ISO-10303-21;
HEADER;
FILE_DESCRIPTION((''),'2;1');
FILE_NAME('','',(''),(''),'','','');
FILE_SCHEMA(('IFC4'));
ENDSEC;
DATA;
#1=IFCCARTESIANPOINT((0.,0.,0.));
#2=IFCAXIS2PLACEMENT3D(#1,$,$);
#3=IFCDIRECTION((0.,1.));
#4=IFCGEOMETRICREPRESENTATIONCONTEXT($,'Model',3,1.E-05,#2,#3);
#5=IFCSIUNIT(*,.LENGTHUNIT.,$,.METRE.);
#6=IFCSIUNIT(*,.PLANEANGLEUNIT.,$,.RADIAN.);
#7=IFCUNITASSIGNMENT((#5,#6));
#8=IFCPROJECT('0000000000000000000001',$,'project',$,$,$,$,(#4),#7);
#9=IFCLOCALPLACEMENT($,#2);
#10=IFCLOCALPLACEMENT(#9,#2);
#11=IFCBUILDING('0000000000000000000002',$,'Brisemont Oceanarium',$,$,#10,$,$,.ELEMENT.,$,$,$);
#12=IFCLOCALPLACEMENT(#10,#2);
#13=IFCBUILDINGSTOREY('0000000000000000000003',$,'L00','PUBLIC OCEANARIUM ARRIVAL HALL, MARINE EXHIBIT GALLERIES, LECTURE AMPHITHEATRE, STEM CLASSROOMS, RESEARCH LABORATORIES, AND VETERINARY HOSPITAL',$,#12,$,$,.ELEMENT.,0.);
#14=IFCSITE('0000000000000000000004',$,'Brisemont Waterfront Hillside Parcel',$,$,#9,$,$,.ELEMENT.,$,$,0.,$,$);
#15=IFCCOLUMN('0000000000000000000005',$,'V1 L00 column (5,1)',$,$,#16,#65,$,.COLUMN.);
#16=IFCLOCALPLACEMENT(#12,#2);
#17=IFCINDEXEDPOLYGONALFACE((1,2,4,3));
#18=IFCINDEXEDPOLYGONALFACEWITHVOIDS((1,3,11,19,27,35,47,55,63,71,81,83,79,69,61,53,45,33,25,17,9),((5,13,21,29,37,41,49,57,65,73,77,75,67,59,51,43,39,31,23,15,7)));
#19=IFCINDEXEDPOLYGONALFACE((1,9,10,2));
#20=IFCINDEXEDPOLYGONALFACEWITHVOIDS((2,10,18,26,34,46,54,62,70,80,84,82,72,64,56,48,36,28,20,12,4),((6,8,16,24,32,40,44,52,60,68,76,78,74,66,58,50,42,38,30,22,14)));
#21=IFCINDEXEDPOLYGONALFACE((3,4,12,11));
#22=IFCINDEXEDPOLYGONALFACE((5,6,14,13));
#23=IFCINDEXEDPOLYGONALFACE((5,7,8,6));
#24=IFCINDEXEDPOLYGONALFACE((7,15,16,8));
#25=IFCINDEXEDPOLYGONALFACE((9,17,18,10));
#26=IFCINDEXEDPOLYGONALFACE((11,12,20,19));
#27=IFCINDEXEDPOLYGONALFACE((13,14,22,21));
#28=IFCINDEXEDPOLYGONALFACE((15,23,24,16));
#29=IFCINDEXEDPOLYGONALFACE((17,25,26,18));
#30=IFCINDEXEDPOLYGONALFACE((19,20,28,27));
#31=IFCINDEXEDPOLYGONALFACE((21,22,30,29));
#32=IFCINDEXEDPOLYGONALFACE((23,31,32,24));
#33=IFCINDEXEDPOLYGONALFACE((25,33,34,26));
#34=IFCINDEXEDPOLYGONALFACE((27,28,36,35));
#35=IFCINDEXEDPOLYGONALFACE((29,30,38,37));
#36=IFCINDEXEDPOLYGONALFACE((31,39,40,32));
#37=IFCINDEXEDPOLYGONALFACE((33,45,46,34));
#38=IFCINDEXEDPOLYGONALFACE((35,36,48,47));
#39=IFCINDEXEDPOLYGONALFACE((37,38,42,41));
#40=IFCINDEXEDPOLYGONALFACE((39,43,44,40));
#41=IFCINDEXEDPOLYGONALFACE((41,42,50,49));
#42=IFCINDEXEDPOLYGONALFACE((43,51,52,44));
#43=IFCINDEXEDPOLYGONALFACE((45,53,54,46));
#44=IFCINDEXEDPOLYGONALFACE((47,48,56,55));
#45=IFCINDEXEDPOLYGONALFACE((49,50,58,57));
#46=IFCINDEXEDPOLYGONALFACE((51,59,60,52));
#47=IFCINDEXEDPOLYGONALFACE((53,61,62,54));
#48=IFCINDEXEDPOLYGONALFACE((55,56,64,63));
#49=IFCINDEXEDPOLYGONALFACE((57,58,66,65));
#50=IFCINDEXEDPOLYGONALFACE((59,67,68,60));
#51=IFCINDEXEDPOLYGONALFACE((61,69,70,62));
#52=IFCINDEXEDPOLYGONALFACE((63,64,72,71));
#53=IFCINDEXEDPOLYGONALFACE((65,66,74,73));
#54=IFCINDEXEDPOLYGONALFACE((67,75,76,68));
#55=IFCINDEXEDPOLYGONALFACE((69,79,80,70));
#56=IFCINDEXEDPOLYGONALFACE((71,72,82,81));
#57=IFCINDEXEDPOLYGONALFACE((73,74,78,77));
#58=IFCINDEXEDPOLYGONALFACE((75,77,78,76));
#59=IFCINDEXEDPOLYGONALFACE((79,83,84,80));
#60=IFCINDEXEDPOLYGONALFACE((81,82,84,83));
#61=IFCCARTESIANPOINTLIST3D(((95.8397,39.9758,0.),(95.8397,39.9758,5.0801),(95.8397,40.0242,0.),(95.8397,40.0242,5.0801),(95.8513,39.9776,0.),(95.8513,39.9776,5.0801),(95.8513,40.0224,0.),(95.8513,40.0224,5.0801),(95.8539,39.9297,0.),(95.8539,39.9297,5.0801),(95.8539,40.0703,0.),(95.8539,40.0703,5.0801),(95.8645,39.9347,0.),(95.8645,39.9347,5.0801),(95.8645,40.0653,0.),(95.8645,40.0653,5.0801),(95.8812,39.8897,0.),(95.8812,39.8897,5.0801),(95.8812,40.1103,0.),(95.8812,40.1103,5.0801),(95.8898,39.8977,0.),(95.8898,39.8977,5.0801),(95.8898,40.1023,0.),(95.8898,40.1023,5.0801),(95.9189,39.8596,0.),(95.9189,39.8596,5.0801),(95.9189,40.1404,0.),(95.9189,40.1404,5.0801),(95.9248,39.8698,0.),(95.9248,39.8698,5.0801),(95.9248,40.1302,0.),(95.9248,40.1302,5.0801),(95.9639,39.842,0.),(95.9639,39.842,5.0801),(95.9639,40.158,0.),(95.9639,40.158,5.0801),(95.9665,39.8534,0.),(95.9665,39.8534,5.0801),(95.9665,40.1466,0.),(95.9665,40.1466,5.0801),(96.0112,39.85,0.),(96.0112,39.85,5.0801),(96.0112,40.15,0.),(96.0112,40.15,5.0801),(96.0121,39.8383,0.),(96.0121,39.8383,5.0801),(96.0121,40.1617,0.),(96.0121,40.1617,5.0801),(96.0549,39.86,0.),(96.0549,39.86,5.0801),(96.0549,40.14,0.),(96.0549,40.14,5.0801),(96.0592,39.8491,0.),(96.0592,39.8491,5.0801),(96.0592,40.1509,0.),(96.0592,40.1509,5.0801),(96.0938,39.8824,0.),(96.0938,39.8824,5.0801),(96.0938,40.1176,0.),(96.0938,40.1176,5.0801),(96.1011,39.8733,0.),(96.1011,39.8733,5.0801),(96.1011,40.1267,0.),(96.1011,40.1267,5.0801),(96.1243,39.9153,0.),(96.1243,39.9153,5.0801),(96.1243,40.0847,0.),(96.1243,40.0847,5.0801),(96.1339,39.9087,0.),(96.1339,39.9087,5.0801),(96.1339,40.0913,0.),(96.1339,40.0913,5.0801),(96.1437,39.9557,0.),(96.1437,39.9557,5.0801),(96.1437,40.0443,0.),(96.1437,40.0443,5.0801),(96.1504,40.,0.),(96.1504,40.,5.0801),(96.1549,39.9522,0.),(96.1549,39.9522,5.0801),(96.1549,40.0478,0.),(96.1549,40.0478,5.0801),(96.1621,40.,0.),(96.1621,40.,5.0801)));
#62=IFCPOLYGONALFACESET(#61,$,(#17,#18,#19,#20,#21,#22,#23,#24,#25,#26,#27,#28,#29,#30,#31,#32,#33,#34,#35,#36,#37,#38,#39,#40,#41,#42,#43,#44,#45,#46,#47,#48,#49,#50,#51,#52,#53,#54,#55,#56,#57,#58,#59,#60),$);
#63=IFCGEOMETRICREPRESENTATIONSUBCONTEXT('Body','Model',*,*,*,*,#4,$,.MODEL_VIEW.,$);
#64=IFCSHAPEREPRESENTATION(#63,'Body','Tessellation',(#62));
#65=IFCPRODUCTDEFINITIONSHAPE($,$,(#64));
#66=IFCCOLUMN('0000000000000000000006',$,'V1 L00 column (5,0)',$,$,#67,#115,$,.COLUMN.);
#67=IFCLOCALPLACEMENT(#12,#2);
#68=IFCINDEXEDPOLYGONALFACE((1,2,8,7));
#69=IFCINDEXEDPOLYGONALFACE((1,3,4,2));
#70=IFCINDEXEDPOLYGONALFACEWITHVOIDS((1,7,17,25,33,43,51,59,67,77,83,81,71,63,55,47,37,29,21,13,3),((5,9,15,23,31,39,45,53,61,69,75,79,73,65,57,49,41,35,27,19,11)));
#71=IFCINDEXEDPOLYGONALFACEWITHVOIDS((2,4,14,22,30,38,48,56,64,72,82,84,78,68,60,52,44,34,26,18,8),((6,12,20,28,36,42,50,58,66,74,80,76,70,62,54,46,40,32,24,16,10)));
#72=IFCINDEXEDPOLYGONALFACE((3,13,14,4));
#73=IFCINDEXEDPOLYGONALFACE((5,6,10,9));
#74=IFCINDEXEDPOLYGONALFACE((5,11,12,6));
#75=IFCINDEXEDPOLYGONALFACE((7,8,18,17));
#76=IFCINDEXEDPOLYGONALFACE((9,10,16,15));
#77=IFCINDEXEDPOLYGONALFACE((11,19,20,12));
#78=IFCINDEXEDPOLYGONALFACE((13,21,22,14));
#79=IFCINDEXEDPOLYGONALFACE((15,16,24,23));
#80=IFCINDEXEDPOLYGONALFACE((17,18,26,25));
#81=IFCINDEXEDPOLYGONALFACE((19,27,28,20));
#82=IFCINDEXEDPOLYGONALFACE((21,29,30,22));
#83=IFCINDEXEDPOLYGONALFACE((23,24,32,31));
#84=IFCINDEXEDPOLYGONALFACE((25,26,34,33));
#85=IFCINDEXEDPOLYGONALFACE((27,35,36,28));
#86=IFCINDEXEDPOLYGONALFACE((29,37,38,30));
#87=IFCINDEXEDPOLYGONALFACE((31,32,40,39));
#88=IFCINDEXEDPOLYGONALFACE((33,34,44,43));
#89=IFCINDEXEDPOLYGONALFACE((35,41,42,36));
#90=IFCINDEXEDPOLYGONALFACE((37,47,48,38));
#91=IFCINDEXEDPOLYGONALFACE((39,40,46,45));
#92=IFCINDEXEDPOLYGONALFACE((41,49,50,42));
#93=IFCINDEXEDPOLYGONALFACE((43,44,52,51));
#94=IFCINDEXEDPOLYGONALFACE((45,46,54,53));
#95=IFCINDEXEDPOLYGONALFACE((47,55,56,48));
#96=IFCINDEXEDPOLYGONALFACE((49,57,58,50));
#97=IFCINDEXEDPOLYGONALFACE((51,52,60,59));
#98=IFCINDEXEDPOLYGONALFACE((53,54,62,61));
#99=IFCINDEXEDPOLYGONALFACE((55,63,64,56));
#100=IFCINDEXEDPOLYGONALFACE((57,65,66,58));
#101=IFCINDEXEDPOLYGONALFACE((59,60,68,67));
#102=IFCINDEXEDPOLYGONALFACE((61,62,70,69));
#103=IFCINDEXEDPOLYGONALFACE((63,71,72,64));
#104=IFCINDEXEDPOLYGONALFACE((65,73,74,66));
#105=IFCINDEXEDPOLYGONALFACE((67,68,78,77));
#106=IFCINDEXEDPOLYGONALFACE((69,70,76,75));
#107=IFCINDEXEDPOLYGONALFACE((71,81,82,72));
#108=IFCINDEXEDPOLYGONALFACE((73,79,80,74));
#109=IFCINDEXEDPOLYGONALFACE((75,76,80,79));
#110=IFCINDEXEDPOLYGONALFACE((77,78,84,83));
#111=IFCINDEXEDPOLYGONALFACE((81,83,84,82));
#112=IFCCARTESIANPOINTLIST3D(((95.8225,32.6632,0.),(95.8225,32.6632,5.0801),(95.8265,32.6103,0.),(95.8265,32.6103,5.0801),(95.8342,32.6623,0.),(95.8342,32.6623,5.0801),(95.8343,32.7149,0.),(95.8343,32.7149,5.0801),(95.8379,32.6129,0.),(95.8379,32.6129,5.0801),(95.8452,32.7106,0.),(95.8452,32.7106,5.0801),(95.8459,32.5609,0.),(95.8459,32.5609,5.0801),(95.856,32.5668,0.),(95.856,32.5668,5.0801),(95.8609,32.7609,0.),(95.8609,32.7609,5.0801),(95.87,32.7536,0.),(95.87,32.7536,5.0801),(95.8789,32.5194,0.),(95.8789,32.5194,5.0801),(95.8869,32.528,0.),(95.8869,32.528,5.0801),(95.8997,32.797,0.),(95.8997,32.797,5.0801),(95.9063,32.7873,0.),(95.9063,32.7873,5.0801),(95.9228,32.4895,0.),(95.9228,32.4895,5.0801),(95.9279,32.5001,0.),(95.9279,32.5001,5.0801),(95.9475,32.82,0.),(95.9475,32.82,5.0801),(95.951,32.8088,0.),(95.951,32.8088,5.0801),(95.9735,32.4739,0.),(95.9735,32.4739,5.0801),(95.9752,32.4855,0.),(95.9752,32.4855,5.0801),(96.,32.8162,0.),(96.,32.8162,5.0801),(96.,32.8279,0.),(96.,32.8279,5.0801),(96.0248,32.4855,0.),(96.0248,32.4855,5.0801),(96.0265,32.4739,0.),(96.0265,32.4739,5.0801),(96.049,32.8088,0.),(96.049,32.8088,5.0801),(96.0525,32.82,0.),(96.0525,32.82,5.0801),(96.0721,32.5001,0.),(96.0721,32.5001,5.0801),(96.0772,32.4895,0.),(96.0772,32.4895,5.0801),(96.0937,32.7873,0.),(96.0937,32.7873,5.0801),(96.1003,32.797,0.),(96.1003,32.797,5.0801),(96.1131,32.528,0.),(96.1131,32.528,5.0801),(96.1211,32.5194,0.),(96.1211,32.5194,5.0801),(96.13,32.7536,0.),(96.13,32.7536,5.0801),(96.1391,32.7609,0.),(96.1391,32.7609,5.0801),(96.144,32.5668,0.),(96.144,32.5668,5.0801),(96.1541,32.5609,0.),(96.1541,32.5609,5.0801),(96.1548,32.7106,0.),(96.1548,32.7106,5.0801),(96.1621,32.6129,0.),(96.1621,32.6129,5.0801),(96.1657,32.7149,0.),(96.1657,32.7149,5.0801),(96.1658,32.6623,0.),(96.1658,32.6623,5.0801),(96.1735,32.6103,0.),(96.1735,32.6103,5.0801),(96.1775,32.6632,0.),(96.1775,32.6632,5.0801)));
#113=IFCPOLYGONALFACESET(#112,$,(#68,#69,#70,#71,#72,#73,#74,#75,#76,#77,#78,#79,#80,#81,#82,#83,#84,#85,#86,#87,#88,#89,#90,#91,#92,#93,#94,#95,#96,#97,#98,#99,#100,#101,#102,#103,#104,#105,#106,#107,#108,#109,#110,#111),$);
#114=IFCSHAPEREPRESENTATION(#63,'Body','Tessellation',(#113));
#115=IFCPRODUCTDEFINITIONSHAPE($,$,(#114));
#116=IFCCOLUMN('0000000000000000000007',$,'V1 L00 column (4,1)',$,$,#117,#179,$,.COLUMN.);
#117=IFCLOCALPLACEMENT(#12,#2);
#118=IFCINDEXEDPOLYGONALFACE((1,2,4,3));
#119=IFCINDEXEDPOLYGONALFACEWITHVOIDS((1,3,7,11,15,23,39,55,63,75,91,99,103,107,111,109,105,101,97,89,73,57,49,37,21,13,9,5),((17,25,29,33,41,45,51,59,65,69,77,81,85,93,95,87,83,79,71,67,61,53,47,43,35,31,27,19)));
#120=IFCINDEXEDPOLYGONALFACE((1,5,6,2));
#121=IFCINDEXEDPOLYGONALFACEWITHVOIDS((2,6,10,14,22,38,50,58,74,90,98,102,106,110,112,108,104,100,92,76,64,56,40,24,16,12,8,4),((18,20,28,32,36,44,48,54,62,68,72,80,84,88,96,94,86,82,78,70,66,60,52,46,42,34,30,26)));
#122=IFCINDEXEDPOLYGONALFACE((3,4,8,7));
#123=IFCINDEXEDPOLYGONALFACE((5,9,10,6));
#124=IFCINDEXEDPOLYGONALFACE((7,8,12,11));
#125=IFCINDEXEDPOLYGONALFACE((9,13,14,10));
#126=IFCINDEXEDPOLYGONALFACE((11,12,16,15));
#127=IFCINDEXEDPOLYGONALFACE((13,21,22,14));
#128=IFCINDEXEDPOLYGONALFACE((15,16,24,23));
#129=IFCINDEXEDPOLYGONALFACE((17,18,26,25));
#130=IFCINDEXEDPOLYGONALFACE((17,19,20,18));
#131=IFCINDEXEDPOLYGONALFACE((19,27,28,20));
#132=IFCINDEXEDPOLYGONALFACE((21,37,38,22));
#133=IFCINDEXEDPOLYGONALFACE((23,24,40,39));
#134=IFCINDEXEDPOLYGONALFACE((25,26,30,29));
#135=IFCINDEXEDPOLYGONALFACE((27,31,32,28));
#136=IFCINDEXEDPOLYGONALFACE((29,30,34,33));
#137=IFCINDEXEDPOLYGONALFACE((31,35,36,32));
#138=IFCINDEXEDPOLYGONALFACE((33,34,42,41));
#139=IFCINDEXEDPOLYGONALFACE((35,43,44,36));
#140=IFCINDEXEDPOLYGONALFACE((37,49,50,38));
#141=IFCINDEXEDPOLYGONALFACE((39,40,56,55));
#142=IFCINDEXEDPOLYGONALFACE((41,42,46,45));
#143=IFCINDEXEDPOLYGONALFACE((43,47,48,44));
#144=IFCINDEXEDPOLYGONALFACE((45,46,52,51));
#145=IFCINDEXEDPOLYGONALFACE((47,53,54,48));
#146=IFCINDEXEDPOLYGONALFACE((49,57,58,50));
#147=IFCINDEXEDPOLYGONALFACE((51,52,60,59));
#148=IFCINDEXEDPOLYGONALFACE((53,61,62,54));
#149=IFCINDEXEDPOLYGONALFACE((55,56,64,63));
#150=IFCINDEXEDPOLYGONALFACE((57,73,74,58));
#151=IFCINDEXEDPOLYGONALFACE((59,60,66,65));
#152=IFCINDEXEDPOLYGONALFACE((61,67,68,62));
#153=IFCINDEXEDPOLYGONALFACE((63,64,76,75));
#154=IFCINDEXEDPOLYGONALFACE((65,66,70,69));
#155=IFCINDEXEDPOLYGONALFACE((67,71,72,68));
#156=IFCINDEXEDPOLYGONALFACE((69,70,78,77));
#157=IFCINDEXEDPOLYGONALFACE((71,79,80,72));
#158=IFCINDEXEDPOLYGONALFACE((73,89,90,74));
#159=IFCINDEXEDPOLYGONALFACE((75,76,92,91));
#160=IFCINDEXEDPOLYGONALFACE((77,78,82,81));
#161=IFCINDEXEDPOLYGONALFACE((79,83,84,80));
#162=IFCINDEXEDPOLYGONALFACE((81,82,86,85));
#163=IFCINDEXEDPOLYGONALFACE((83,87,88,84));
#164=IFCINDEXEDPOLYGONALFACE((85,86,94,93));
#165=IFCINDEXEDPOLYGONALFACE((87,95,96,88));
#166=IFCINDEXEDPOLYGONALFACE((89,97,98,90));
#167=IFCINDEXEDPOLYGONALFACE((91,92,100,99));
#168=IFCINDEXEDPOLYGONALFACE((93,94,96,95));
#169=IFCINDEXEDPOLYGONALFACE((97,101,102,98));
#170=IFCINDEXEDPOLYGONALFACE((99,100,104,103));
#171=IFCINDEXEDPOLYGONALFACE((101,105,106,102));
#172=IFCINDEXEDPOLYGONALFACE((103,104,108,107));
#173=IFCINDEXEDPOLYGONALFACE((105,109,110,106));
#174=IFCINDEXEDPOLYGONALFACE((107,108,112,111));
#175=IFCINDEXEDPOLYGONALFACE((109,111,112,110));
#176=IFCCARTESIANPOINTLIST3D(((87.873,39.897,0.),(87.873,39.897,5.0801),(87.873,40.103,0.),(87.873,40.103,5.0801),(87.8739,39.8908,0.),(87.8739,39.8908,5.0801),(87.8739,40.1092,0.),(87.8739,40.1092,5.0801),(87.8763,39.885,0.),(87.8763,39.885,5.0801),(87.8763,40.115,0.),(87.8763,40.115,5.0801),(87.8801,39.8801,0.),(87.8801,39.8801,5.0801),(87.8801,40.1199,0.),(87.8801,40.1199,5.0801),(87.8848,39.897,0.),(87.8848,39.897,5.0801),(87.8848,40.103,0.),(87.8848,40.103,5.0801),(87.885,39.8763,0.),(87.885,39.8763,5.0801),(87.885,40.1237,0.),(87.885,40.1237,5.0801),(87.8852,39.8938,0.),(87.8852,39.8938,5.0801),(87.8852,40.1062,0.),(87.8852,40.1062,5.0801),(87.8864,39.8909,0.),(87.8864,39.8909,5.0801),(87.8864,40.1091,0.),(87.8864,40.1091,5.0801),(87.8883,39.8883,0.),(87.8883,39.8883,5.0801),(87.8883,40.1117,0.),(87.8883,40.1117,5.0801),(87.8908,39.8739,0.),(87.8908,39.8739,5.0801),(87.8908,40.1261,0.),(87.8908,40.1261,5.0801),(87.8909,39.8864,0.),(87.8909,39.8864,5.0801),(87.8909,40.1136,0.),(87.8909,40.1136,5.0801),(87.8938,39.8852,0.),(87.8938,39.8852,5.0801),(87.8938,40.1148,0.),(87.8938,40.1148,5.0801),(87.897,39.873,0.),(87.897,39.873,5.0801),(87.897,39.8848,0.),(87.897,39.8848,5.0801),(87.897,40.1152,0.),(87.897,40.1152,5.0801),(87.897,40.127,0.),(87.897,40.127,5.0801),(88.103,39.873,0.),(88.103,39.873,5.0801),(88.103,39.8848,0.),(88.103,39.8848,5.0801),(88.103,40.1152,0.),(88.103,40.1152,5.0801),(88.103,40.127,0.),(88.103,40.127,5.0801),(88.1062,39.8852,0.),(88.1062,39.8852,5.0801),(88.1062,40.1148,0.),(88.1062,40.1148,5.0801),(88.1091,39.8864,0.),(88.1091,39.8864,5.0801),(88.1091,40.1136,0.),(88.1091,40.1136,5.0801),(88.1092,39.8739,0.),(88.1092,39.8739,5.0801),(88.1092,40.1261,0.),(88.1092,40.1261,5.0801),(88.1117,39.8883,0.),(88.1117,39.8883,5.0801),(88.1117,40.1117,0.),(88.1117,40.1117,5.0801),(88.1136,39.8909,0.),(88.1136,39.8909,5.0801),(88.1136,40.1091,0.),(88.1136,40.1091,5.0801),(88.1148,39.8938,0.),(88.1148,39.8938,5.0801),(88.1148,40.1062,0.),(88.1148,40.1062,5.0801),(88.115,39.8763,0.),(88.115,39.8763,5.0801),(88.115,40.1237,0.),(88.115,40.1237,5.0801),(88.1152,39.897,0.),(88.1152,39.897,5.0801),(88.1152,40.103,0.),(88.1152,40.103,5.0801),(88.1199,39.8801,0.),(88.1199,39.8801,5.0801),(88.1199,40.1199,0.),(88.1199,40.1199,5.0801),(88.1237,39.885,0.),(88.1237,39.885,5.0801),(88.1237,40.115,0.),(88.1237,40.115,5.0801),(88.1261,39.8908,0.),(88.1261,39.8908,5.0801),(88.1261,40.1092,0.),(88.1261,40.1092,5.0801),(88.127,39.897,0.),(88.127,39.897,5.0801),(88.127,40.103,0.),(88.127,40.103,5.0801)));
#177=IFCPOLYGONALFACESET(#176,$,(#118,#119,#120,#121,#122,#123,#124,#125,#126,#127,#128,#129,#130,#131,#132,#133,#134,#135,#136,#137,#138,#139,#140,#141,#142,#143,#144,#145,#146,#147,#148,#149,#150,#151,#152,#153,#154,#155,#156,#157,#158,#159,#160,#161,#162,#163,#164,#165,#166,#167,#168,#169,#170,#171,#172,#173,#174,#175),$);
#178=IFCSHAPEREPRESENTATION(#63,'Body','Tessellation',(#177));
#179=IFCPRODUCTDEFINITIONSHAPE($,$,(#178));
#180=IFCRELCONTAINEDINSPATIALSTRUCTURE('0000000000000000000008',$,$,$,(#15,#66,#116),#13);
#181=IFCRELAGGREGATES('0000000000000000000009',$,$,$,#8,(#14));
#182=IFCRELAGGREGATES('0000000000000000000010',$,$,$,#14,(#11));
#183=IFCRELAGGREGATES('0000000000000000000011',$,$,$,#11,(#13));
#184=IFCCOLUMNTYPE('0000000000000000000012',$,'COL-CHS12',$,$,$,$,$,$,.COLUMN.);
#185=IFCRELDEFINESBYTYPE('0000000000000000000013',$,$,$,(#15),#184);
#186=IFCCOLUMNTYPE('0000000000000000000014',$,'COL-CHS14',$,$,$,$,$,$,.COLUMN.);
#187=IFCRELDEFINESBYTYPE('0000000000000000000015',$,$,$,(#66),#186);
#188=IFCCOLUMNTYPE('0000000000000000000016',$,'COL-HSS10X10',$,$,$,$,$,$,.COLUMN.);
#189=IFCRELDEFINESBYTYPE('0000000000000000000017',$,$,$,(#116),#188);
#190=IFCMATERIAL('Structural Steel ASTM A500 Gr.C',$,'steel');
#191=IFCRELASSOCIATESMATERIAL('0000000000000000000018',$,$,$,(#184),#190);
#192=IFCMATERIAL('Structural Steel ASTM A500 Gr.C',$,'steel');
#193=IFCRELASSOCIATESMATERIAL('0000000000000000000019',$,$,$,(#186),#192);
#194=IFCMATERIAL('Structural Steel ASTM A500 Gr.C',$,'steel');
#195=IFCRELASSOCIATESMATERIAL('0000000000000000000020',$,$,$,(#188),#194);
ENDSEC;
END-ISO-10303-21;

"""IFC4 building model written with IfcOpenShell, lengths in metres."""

from ifc_helpers import new_model, si_unit, direction, frame, origin, origin_2d, place, context, subcontext, project, spatial, hollow_rectangle, hollow_circle, extrude, material, material_profile, profile_set, type_object, element, save


model = new_model("IFC4")

# Units and contexts
model_context = context("Model", 3, precision=1e-05, world=origin(), true_north=direction((0.0, 1.0)))
body_context = subcontext(model_context, "Body", "Model", "MODEL_VIEW")
ifc_project = project(units=[si_unit("LENGTHUNIT", "METRE"), si_unit("PLANEANGLEUNIT", "RADIAN")], contexts=[model_context])

# Site, building, storey
site_placement = place(None, origin())
site = spatial("IfcSite", under=ifc_project, at=site_placement, Name="Brisemont Waterfront Hillside Parcel", CompositionType="ELEMENT", RefElevation=0.0)
building_placement = place(site_placement, origin())
building = spatial("IfcBuilding", under=site, at=building_placement, Name="Brisemont Oceanarium", CompositionType="ELEMENT")
storey_placement = place(building_placement, origin())
storey = spatial("IfcBuildingStorey", under=building, at=storey_placement, Name="L00", Description="PUBLIC OCEANARIUM ARRIVAL HALL, MARINE EXHIBIT GALLERIES, LECTURE AMPHITHEATRE, STEM CLASSROOMS, RESEARCH LABORATORIES, AND VETERINARY HOSPITAL", CompositionType="ELEMENT", Elevation=0.0)

# Columns
ifc_material_1 = material(Name="Structural Steel ASTM A500 Gr.C", Category="steel")
ifc_material_profile_1 = material_profile(ifc_material_1, hollow_circle(Radius=0.1621, WallThickness=0.0117, at=origin_2d()), Name="HSS12.750X0.500")
ifc_profile_set_1 = profile_set([ifc_material_profile_1], Name="Structural Steel ASTM A500 Gr.C")
column_type_1 = type_object("IfcColumnType", Name="COL-CHS12", PredefinedType="COLUMN", material=ifc_profile_set_1)
column_1_placement = place(storey_placement, frame((96.0, 40.0, 0.0), z_axis=(0.0, 0.0, 1.0), x_axis=(1.0, 0.0, 0.0)))
element("IfcColumn", 1, at=column_1_placement, inside=storey, type_object=column_type_1, Name="V1 L00 column (5,1)", PredefinedType="COLUMN", context=body_context, shape_type="SweptSolid", body=[
    extrude(hollow_circle(Radius=0.1621, WallThickness=0.0117, at=origin_2d()), origin(), (0.0, 0.0, 1.0), 5.0801),
])
ifc_material_2 = material(Name="Structural Steel ASTM A500 Gr.C", Category="steel")
ifc_material_profile_2 = material_profile(ifc_material_2, hollow_circle(Radius=0.178, WallThickness=0.0117, at=origin_2d()), Name="HSS14.000X0.500")
ifc_profile_set_2 = profile_set([ifc_material_profile_2], Name="Structural Steel ASTM A500 Gr.C")
column_type_2 = type_object("IfcColumnType", Name="COL-CHS14", PredefinedType="COLUMN", material=ifc_profile_set_2)
column_2_placement = place(storey_placement, frame((96.0, 32.6499, 0.0), z_axis=(0.0, 0.0, 1.0), x_axis=(0.0, 1.0, 0.0)))
element("IfcColumn", 2, at=column_2_placement, inside=storey, type_object=column_type_2, Name="V1 L00 column (5,0)", PredefinedType="COLUMN", context=body_context, shape_type="SweptSolid", body=[
    extrude(hollow_circle(Radius=0.178, WallThickness=0.0117, at=origin_2d()), origin(), (0.0, 0.0, 1.0), 5.0801),
])
ifc_material_3 = material(Name="Structural Steel ASTM A500 Gr.C", Category="steel")
ifc_material_profile_3 = material_profile(ifc_material_3, hollow_rectangle(XDim=0.2539, YDim=0.2539, WallThickness=0.0117, InnerFilletRadius=0.0122, OuterFilletRadius=0.0239, at=origin_2d()), Name="HSS10X10X1/2")
ifc_profile_set_3 = profile_set([ifc_material_profile_3], Name="Structural Steel ASTM A500 Gr.C")
column_type_3 = type_object("IfcColumnType", Name="COL-HSS10X10", PredefinedType="COLUMN", material=ifc_profile_set_3)
column_3_placement = place(storey_placement, frame((88.0, 40.0, 0.0), z_axis=(0.0, 0.0, 1.0), x_axis=(0.0, 1.0, 0.0)))
element("IfcColumn", 3, at=column_3_placement, inside=storey, type_object=column_type_3, Name="V1 L00 column (4,1)", PredefinedType="COLUMN", context=body_context, shape_type="SweptSolid", body=[
    extrude(hollow_rectangle(XDim=0.2539, YDim=0.2539, WallThickness=0.0117, InnerFilletRadius=0.0122, OuterFilletRadius=0.0239, at=origin_2d()), origin(), (0.0, 0.0, 1.0), 5.0801),
])

save(model, "model.ifc")
